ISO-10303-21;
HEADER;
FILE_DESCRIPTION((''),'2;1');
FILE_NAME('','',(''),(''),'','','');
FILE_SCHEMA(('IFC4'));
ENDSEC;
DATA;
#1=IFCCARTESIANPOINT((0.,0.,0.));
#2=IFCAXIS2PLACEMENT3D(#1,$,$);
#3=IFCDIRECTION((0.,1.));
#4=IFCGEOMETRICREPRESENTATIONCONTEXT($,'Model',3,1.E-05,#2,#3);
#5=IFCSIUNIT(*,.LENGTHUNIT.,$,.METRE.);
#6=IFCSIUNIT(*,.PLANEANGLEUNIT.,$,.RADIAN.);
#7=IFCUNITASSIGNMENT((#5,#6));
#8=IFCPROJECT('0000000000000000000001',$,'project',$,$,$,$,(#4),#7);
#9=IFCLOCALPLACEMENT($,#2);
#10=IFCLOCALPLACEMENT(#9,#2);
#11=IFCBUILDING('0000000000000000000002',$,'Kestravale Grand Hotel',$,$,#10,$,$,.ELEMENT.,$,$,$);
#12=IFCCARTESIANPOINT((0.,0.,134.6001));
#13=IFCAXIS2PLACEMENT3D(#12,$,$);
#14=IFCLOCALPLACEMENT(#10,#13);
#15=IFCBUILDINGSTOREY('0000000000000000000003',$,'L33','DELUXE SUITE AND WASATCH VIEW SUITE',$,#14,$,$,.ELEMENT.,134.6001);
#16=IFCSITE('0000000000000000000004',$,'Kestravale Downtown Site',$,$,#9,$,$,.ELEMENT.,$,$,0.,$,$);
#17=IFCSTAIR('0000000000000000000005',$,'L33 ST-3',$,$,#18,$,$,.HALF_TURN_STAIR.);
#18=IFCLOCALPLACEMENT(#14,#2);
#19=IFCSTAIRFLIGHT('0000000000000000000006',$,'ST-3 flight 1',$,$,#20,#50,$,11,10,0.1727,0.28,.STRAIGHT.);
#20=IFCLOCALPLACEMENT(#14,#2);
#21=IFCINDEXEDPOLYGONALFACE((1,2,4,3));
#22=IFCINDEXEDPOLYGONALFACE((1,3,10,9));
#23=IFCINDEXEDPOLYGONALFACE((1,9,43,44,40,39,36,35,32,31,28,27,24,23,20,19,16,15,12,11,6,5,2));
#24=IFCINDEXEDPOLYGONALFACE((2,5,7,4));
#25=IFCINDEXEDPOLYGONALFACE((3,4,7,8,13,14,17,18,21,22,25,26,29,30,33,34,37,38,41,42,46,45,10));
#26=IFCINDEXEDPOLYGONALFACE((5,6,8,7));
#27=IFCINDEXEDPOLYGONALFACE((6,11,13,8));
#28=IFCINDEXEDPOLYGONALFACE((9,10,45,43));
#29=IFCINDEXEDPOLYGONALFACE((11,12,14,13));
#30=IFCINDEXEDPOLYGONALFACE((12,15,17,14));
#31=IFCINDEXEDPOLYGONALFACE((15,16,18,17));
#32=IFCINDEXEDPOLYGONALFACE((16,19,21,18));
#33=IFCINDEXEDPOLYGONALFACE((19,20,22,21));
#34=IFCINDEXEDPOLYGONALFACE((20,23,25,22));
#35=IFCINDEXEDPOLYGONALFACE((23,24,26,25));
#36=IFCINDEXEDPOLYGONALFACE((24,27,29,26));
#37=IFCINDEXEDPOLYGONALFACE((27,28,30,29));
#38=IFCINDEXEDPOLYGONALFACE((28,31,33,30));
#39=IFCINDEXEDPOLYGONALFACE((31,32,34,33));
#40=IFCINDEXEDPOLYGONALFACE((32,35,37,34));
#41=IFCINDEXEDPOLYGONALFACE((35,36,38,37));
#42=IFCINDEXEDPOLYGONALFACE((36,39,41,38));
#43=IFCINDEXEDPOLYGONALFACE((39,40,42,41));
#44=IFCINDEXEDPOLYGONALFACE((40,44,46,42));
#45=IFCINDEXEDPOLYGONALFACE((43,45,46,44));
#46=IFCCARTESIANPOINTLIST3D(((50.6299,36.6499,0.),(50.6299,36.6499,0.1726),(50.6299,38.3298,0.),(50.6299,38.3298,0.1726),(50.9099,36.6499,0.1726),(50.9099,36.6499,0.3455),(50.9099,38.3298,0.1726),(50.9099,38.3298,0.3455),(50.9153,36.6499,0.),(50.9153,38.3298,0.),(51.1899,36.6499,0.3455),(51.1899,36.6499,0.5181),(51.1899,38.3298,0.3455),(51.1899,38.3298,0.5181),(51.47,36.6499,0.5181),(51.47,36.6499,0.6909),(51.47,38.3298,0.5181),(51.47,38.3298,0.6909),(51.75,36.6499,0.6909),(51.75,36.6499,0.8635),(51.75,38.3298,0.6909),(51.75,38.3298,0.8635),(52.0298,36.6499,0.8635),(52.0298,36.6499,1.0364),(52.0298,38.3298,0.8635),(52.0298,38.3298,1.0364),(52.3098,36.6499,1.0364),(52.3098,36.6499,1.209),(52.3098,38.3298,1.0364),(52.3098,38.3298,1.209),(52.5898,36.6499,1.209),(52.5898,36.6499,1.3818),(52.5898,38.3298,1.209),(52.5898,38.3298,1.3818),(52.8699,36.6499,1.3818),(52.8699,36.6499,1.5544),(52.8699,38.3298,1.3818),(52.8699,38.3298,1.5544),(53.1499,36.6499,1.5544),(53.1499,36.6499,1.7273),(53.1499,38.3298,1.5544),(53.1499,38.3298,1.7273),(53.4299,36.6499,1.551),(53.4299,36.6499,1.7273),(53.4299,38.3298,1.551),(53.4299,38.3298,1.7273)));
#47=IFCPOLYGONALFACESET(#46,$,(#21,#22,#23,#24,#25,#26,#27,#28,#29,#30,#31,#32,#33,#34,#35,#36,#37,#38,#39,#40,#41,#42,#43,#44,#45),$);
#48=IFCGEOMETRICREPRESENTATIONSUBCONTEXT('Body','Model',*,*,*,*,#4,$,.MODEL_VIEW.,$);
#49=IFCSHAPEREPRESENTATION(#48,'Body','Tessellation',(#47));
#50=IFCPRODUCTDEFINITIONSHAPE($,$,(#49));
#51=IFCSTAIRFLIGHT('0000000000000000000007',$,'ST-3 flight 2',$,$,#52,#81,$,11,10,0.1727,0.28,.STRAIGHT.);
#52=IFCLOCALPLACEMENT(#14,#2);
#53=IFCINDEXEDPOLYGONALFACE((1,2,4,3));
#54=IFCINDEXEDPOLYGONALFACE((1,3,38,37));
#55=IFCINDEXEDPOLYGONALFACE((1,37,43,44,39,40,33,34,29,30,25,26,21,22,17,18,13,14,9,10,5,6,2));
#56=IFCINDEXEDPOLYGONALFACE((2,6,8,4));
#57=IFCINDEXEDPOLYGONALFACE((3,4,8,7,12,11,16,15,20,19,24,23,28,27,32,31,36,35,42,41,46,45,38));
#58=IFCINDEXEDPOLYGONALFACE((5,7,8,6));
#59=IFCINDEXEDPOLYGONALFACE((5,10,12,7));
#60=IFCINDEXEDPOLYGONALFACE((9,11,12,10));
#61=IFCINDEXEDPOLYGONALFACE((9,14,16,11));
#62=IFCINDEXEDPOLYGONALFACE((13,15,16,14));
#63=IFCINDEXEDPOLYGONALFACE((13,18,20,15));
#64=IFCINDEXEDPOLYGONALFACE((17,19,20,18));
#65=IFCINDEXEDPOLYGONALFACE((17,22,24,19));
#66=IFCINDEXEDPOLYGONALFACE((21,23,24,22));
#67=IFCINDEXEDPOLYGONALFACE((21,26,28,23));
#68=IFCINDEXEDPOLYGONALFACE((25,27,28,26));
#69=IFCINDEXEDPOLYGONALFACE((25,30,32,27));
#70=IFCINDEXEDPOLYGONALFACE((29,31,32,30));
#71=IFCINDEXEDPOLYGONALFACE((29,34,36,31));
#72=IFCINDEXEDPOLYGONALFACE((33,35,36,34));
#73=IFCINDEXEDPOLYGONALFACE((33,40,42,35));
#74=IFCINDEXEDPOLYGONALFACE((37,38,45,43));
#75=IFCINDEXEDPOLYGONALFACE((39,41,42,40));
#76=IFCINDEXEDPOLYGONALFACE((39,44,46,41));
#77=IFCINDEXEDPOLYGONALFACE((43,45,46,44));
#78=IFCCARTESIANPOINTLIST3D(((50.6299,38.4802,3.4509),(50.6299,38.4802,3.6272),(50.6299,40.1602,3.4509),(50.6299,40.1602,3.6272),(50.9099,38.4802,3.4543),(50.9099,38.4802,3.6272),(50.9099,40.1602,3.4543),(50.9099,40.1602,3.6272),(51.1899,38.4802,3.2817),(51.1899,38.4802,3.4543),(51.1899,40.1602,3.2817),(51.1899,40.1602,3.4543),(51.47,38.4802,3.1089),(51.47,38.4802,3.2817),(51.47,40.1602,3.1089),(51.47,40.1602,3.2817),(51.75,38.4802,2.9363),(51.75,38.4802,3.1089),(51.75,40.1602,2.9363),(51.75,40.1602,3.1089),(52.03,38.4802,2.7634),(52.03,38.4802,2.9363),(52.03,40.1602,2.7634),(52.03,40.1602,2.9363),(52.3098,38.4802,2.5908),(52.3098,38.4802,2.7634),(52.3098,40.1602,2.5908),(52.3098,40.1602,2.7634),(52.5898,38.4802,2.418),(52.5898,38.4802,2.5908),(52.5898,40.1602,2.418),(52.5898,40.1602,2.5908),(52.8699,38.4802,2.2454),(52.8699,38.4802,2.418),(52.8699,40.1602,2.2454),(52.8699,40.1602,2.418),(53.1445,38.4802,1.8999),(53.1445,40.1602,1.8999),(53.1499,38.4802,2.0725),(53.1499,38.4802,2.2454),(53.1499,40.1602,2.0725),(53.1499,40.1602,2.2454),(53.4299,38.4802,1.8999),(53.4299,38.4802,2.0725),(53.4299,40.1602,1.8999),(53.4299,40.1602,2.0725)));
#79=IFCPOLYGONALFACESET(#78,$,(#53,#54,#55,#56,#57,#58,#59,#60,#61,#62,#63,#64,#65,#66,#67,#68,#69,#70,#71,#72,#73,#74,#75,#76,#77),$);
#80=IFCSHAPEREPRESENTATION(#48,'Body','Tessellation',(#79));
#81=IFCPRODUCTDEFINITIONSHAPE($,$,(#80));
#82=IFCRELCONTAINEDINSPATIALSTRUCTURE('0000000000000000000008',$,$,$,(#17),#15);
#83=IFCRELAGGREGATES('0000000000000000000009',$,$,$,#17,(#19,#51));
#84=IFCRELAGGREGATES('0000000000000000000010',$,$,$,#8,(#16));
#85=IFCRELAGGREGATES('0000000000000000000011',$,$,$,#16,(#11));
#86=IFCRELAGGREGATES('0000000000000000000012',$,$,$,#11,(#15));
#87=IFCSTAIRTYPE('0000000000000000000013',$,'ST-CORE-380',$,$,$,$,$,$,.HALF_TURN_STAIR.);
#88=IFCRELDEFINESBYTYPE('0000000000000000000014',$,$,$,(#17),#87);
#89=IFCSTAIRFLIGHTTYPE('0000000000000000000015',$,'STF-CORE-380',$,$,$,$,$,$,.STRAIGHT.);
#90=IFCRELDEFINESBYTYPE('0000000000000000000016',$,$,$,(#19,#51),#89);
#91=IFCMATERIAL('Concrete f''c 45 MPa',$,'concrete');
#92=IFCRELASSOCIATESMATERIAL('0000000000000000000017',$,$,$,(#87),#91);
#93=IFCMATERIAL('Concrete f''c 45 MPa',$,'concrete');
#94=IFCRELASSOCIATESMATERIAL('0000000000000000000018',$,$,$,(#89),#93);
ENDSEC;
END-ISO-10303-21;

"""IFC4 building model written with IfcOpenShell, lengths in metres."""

from ifc_helpers import new_model, si_unit, direction, frame, origin, place, context, subcontext, project, spatial, polyline, outline, extrude, material, type_object, element, aggregate, save


model = new_model("IFC4")

# Units and contexts
model_context = context("Model", 3, precision=1e-05, world=origin(), true_north=direction((0.0, 1.0)))
body_context = subcontext(model_context, "Body", "Model", "MODEL_VIEW")
ifc_project = project(units=[si_unit("LENGTHUNIT", "METRE"), si_unit("PLANEANGLEUNIT", "RADIAN")], contexts=[model_context])

# Site, building, storey
site_placement = place(None, origin())
site = spatial("IfcSite", under=ifc_project, at=site_placement, Name="Kestravale Downtown Site", CompositionType="ELEMENT", RefElevation=0.0)
building_placement = place(site_placement, origin())
building = spatial("IfcBuilding", under=site, at=building_placement, Name="Kestravale Grand Hotel", CompositionType="ELEMENT")
storey_placement = place(building_placement, frame((0.0, 0.0, 134.6001)))
storey = spatial("IfcBuildingStorey", under=building, at=storey_placement, Name="L33", Description="DELUXE SUITE AND WASATCH VIEW SUITE", CompositionType="ELEMENT", Elevation=134.6001)

# Stair, stair flights
ifc_material_1 = material(Name="Concrete f'c 45 MPa", Category="concrete")
stair_type = type_object("IfcStairType", Name="ST-CORE-380", PredefinedType="HALF_TURN_STAIR", material=ifc_material_1)
stair_placement = place(storey_placement, origin())
stair = element("IfcStair", 1, at=stair_placement, inside=storey, type_object=stair_type, Name="L33 ST-3", PredefinedType="HALF_TURN_STAIR")
ifc_material_2 = material(Name="Concrete f'c 45 MPa", Category="concrete")
stair_flight_type = type_object("IfcStairFlightType", Name="STF-CORE-380", PredefinedType="STRAIGHT", material=ifc_material_2)
stair_flight_1_placement = place(storey_placement, frame((50.6299, 37.49, 0.0), z_axis=(0.0, 0.0, 1.0), x_axis=(1.0, 0.0, 0.0)))
stair_flight_1 = element("IfcStairFlight", 2, at=stair_flight_1_placement, type_object=stair_flight_type, Name="ST-3 flight 1", NumberOfRisers=11, NumberOfTreads=10, PredefinedType="STRAIGHT", RiserHeight=0.1727, TreadLength=0.28, context=body_context, shape_type="SweptSolid", body=[
    extrude(outline(polyline([(0.0, 0.0), (0.0, 0.1726), (0.28, 0.1726), (0.28, 0.3455), (0.5601, 0.3455), (0.5601, 0.5181), (0.8401, 0.5181), (0.8401, 0.6909), (1.1201, 0.6909), (1.1201, 0.8635), (1.3999, 0.8635), (1.3999, 1.0364), (1.6799, 1.0364), (1.6799, 1.209), (1.96, 1.209), (1.96, 1.3818), (2.24, 1.3818), (2.24, 1.5544), (2.52, 1.5544), (2.52, 1.7273), (2.8, 1.7273), (2.8, 1.8999), (2.8, 1.551), (0.2854, 0.0), (0.0, 0.0)])), frame((0.0, 0.8398, 0.0), z_axis=(0.0, -1.0, 0.0), x_axis=(1.0, 0.0, 0.0)), (0.0, 0.0, 1.0), 1.6799),
])
stair_flight_2_placement = place(storey_placement, frame((53.4299, 39.3201, 1.8999), z_axis=(0.0, 0.0, 1.0), x_axis=(-1.0, 0.0, 0.0)))
stair_flight_2 = element("IfcStairFlight", 3, at=stair_flight_2_placement, type_object=stair_flight_type, Name="ST-3 flight 2", NumberOfRisers=11, NumberOfTreads=10, PredefinedType="STRAIGHT", RiserHeight=0.1727, TreadLength=0.28, context=body_context, shape_type="SweptSolid", body=[
    extrude(outline(polyline([(0.0, 0.0), (0.0, 0.1726), (0.28, 0.1726), (0.28, 0.3455), (0.5601, 0.3455), (0.5601, 0.5181), (0.8401, 0.5181), (0.8401, 0.6909), (1.1201, 0.6909), (1.1201, 0.8635), (1.3999, 0.8635), (1.3999, 1.0364), (1.6799, 1.0364), (1.6799, 1.209), (1.96, 1.209), (1.96, 1.3818), (2.24, 1.3818), (2.24, 1.5544), (2.52, 1.5544), (2.52, 1.7273), (2.8, 1.7273), (2.8, 1.8999), (2.8, 1.551), (0.2854, 0.0), (0.0, 0.0)])), frame((0.0, 0.8398, 0.0), z_axis=(0.0, -1.0, 0.0), x_axis=(1.0, 0.0, 0.0)), (0.0, 0.0, 1.0), 1.6799),
])
aggregate(stair, [stair_flight_1, stair_flight_2])

save(model, "model.ifc")
